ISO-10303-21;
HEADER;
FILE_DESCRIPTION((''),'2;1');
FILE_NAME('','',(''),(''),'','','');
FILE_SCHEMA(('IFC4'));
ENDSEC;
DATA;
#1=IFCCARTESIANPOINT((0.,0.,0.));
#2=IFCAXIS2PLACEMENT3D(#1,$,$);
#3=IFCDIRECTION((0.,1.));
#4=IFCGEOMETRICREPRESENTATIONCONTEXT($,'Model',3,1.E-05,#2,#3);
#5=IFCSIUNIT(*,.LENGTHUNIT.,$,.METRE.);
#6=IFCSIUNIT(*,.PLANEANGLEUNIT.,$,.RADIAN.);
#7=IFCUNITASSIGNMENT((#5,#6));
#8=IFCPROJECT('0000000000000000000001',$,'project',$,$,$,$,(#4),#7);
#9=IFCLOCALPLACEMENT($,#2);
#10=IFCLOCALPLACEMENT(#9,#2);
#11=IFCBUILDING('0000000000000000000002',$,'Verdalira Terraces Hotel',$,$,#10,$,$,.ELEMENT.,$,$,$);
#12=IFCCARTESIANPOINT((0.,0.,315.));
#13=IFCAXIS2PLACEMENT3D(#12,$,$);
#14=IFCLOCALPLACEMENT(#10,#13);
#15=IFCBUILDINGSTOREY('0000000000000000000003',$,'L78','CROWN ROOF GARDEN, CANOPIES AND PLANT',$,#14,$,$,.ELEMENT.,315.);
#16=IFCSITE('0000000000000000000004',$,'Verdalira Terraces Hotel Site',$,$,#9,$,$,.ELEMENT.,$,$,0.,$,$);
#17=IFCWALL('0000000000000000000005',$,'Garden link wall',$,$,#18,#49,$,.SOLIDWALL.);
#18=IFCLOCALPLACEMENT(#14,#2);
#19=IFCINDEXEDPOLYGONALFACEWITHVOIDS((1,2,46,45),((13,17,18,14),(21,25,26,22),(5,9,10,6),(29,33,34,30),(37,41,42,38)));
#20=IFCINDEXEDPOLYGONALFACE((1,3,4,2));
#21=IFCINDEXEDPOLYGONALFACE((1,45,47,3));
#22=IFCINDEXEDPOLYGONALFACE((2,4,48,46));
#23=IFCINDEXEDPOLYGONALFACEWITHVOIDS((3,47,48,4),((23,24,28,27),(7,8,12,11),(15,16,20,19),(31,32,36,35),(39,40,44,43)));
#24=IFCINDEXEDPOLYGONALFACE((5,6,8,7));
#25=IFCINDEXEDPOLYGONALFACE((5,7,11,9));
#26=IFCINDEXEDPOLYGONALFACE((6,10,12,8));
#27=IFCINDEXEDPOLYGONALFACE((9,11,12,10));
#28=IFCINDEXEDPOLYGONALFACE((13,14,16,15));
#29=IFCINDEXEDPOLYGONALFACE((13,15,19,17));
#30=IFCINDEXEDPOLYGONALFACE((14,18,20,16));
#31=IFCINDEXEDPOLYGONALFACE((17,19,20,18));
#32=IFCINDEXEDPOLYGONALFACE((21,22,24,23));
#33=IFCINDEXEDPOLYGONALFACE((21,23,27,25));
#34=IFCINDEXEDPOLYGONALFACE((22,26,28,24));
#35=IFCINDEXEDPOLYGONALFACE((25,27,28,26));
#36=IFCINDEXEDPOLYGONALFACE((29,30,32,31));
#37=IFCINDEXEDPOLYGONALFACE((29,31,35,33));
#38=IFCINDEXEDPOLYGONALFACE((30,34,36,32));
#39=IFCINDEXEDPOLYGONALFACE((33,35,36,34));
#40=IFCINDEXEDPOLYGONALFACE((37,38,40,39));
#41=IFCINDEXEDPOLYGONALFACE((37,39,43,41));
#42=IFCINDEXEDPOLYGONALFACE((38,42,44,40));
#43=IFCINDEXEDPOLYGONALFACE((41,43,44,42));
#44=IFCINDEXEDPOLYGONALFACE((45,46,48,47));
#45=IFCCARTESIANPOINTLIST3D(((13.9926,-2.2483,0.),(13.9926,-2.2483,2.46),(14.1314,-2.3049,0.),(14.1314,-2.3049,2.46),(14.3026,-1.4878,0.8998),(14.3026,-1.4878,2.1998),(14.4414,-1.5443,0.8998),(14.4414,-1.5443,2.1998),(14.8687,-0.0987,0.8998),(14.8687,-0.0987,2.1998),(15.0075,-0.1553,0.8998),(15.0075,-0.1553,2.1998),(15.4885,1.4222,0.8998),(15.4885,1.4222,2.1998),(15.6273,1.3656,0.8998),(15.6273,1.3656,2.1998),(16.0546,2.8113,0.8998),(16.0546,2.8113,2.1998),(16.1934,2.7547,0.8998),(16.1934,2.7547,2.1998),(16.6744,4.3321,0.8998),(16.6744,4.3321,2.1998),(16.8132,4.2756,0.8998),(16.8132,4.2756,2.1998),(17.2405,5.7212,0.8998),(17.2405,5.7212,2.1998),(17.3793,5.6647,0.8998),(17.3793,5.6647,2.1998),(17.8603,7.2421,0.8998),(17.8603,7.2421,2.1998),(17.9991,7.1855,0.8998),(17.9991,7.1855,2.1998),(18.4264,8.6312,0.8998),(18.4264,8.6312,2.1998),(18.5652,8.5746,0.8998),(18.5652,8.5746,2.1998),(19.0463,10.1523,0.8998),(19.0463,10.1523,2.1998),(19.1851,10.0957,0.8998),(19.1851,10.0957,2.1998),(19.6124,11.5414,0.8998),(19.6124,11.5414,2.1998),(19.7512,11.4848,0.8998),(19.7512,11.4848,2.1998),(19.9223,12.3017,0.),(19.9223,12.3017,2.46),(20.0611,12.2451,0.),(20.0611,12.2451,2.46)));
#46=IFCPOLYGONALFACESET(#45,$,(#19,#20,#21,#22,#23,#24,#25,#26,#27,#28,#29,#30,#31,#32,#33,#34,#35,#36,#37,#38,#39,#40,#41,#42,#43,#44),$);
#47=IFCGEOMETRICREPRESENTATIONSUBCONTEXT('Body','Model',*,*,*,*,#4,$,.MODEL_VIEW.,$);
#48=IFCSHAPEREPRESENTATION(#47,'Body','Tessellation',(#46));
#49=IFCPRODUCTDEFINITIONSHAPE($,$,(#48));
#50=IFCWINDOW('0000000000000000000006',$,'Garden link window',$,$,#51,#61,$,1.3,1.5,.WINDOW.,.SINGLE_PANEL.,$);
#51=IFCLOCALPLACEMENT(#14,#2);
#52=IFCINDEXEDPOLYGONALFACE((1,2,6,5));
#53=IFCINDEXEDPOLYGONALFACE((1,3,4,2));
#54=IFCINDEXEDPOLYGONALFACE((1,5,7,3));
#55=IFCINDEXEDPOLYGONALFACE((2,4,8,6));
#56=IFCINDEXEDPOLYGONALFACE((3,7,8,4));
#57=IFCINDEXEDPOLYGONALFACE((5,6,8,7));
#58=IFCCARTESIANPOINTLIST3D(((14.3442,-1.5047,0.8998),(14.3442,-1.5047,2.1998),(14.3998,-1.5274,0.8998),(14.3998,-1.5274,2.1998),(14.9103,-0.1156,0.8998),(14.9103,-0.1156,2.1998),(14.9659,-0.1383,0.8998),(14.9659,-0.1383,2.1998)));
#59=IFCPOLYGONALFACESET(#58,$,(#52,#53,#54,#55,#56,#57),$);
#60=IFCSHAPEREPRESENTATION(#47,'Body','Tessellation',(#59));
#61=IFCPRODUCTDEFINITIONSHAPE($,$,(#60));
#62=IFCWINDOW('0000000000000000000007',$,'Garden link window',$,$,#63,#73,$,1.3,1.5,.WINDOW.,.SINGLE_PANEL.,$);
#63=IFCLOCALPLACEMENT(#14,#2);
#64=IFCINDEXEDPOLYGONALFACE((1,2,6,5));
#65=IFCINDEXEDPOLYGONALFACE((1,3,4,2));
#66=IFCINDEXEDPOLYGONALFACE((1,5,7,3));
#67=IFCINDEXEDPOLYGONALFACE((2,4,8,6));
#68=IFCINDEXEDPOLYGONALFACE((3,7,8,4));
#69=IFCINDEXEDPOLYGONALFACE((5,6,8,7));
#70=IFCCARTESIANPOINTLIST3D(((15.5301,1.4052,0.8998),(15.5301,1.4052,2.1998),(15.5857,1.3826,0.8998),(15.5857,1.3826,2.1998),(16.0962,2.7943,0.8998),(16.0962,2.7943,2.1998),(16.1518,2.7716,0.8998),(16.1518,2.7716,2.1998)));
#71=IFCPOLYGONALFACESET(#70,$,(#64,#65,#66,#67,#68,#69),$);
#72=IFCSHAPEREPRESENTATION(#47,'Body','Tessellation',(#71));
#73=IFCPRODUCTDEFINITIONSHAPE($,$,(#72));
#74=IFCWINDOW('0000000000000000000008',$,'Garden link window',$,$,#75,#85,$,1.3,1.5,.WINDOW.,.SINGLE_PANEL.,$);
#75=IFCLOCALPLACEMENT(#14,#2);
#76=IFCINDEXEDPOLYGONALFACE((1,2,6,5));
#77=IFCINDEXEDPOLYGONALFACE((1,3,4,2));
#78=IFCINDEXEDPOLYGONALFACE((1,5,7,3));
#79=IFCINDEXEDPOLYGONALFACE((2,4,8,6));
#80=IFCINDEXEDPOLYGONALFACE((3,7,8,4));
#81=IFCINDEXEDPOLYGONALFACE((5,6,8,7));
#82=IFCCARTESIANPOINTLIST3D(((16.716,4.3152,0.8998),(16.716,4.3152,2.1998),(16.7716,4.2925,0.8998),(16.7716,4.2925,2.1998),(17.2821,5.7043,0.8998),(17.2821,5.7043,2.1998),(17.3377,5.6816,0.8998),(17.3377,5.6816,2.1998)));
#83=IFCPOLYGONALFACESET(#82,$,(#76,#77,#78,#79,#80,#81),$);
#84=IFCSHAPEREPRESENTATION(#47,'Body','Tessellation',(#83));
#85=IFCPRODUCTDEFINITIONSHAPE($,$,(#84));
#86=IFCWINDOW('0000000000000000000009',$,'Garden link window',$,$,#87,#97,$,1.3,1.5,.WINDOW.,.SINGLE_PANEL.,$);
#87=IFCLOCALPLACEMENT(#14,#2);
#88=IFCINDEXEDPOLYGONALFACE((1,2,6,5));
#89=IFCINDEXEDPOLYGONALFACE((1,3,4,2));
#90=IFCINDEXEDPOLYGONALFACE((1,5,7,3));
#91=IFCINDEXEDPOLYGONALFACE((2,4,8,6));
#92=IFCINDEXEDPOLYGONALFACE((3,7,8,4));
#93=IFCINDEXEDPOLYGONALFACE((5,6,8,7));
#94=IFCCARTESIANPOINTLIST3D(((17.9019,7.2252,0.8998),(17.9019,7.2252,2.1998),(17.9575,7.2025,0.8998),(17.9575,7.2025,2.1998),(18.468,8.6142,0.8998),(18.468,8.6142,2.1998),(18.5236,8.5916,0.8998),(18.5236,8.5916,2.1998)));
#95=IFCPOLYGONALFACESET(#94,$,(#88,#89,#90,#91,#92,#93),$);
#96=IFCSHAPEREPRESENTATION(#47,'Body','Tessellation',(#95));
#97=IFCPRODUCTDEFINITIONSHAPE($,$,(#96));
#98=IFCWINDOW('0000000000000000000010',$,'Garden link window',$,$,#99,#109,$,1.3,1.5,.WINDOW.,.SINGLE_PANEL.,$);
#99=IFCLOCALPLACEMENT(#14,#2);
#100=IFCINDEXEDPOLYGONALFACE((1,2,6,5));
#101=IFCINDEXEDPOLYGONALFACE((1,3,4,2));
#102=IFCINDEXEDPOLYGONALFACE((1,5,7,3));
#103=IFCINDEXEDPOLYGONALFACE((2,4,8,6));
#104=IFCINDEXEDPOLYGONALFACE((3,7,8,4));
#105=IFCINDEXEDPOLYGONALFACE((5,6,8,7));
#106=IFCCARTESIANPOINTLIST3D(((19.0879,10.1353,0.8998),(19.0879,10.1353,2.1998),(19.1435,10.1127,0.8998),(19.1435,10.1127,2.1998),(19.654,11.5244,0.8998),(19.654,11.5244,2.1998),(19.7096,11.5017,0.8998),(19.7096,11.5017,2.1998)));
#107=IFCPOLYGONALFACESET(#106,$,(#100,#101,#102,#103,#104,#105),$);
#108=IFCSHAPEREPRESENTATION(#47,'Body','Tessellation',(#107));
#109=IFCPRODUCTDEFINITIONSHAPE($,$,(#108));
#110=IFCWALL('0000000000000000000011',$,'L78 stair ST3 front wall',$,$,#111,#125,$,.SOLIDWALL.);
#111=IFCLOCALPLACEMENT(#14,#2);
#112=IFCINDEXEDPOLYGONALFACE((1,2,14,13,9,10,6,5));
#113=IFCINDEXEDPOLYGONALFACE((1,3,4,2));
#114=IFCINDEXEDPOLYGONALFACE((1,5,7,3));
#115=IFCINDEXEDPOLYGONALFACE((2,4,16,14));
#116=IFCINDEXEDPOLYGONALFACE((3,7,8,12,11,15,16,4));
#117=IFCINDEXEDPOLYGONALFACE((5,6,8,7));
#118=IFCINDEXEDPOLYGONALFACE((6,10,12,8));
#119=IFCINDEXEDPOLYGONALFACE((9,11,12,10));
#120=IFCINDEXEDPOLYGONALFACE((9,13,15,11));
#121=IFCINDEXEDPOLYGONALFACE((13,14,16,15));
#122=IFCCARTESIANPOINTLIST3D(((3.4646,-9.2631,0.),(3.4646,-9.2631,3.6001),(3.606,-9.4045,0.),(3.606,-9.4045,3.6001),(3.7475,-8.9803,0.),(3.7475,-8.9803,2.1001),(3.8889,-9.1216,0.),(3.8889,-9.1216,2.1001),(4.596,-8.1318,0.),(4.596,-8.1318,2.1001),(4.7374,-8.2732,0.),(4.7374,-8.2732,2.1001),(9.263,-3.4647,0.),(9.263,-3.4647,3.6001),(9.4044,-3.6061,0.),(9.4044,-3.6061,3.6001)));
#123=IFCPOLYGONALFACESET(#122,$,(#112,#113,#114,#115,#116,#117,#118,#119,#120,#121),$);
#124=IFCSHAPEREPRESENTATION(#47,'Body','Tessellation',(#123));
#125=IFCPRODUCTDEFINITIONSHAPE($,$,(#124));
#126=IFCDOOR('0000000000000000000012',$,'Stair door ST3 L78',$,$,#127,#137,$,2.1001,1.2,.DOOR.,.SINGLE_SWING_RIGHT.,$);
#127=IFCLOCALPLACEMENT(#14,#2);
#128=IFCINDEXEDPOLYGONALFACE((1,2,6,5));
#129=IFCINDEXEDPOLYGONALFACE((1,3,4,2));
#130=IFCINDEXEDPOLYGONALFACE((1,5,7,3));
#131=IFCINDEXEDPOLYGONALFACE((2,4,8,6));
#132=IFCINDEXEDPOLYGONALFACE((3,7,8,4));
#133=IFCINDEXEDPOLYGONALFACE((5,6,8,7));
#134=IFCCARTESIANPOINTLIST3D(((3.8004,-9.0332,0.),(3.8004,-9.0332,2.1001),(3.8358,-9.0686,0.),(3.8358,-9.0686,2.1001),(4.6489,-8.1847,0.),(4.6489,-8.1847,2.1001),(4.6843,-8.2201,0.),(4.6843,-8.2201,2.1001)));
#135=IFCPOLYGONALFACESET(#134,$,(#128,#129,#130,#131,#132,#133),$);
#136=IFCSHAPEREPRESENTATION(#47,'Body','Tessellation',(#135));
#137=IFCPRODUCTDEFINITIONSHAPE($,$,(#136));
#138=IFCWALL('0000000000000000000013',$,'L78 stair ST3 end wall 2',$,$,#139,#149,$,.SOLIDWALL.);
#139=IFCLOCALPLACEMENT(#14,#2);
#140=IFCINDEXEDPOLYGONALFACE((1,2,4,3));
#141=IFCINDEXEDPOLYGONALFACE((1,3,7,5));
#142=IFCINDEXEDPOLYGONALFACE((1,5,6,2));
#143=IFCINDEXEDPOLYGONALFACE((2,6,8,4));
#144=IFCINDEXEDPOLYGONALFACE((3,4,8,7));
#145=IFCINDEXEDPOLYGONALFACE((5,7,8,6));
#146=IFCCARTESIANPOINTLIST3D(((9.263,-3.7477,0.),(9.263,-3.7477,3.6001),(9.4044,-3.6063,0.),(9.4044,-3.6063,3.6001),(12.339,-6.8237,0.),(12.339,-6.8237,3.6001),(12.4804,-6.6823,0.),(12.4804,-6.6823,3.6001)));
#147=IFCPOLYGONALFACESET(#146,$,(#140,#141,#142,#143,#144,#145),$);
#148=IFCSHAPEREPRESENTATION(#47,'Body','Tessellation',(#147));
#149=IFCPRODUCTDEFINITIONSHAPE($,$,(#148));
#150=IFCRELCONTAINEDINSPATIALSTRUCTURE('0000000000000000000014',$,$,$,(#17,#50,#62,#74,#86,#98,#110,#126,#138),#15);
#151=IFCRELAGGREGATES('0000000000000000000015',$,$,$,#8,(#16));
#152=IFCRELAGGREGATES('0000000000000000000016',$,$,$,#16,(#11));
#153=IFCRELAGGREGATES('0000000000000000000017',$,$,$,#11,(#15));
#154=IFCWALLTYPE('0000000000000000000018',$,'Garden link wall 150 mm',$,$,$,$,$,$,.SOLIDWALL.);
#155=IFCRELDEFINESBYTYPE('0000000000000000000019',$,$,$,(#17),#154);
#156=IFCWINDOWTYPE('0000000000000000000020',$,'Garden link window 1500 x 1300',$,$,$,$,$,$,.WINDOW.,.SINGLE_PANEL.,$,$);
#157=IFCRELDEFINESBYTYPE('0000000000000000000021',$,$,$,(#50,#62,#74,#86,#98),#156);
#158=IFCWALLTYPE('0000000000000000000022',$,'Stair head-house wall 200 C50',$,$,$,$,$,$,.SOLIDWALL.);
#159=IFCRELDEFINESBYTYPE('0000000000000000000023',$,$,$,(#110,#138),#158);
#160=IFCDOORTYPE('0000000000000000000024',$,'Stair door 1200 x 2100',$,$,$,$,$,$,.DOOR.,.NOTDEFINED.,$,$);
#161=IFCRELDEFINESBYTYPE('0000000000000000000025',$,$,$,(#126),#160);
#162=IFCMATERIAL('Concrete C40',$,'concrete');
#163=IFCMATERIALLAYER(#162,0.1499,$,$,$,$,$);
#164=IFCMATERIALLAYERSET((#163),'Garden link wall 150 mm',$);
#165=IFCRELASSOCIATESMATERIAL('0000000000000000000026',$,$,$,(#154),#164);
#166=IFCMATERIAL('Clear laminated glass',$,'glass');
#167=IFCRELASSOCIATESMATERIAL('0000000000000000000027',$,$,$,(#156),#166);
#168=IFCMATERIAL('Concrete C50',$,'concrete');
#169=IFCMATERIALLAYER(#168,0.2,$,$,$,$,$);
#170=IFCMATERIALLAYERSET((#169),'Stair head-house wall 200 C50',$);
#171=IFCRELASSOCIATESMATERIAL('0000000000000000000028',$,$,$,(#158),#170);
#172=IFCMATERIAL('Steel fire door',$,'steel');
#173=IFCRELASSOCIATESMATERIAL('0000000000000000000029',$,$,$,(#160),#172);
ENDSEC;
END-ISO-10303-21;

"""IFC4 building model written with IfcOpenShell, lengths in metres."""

from ifc_helpers import new_model, si_unit, direction, frame, frame_2d, origin, place, context, subcontext, project, spatial, rectangle, extrude, material, layer, layer_set, type_object, element, fill, save


model = new_model("IFC4")

# Units and contexts
model_context = context("Model", 3, precision=1e-05, world=origin(), true_north=direction((0.0, 1.0)))
body_context = subcontext(model_context, "Body", "Model", "MODEL_VIEW")
ifc_project = project(units=[si_unit("LENGTHUNIT", "METRE"), si_unit("PLANEANGLEUNIT", "RADIAN")], contexts=[model_context])

# Site, building, storey
site_placement = place(None, origin())
site = spatial("IfcSite", under=ifc_project, at=site_placement, Name="Verdalira Terraces Hotel Site", CompositionType="ELEMENT", RefElevation=0.0)
building_placement = place(site_placement, origin())
building = spatial("IfcBuilding", under=site, at=building_placement, Name="Verdalira Terraces Hotel", CompositionType="ELEMENT")
storey_placement = place(building_placement, frame((0.0, 0.0, 315.0)))
storey = spatial("IfcBuildingStorey", under=building, at=storey_placement, Name="L78", Description="CROWN ROOF GARDEN, CANOPIES AND PLANT", CompositionType="ELEMENT", Elevation=315.0)

# Wall, openings, windows
ifc_material_1 = material(Name="Concrete C40", Category="concrete")
ifc_layer_1 = layer(ifc_material_1, 0.1499)
ifc_layer_set_1 = layer_set([ifc_layer_1], Name="Garden link wall 150 mm")
wall_type_1 = type_object("IfcWallType", Name="Garden link wall 150 mm", PredefinedType="SOLIDWALL", material=ifc_layer_set_1)
wall_1_placement = place(storey_placement, frame((14.062, -2.2766, 0.0), z_axis=(0.0, 0.0, 1.0), x_axis=(0.3774, 0.92605, 0.0)))
wall_1 = element("IfcWall", 1, at=wall_1_placement, inside=storey, type_object=wall_type_1, Name="Garden link wall", PredefinedType="SOLIDWALL", context=body_context, shape_type="SweptSolid", body=[
    extrude(rectangle(XDim=15.7119, YDim=0.1499, at=frame_2d((7.856, 0.0))), origin(), (0.0, 0.0, 1.0), 2.46),
])
opening_1_placement = place(wall_1_placement, frame((0.8213, 0.0, 0.8999)))
opening_1 = element("IfcOpeningElement", 2, at=opening_1_placement, cuts=wall_1, PredefinedType="OPENING", context=body_context, shape_type="SweptSolid", body=[
    extrude(rectangle(XDim=1.5, YDim=1.3, at=frame_2d((0.75, 0.6499))), frame((0.0, 0.085, 0.0), z_axis=(0.0, -1.0, 0.0), x_axis=(1.0, 0.0, 0.0)), (0.0, 0.0, 1.0), 0.1699),
])
opening_2_placement = place(wall_1_placement, frame((3.9636, 0.0, 0.8999)))
opening_2 = element("IfcOpeningElement", 3, at=opening_2_placement, cuts=wall_1, PredefinedType="OPENING", context=body_context, shape_type="SweptSolid", body=[
    extrude(rectangle(XDim=1.5, YDim=1.3, at=frame_2d((0.75, 0.6499))), frame((0.0, 0.085, 0.0), z_axis=(0.0, -1.0, 0.0), x_axis=(1.0, 0.0, 0.0)), (0.0, 0.0, 1.0), 0.1699),
])
opening_3_placement = place(wall_1_placement, frame((7.106, 0.0, 0.8999)))
opening_3 = element("IfcOpeningElement", 4, at=opening_3_placement, cuts=wall_1, PredefinedType="OPENING", context=body_context, shape_type="SweptSolid", body=[
    extrude(rectangle(XDim=1.5, YDim=1.3, at=frame_2d((0.75, 0.6499))), frame((0.0, 0.085, 0.0), z_axis=(0.0, -1.0, 0.0), x_axis=(1.0, 0.0, 0.0)), (0.0, 0.0, 1.0), 0.1699),
])
opening_4_placement = place(wall_1_placement, frame((10.2483, 0.0, 0.8999)))
opening_4 = element("IfcOpeningElement", 5, at=opening_4_placement, cuts=wall_1, PredefinedType="OPENING", context=body_context, shape_type="SweptSolid", body=[
    extrude(rectangle(XDim=1.5, YDim=1.3, at=frame_2d((0.75, 0.6499))), frame((0.0, 0.085, 0.0), z_axis=(0.0, -1.0, 0.0), x_axis=(1.0, 0.0, 0.0)), (0.0, 0.0, 1.0), 0.1699),
])
opening_5_placement = place(wall_1_placement, frame((13.3909, 0.0, 0.8999)))
opening_5 = element("IfcOpeningElement", 6, at=opening_5_placement, cuts=wall_1, PredefinedType="OPENING", context=body_context, shape_type="SweptSolid", body=[
    extrude(rectangle(XDim=1.5, YDim=1.3, at=frame_2d((0.75, 0.6499))), frame((0.0, 0.085, 0.0), z_axis=(0.0, -1.0, 0.0), x_axis=(1.0, 0.0, 0.0)), (0.0, 0.0, 1.0), 0.1699),
])
ifc_material_2 = material(Name="Clear laminated glass", Category="glass")
window_type = type_object("IfcWindowType", Name="Garden link window 1500 x 1300", PartitioningType="SINGLE_PANEL", PredefinedType="WINDOW", material=ifc_material_2)
window_1_placement = place(opening_1_placement, origin())
window_1 = element("IfcWindow", 7, at=window_1_placement, inside=storey, type_object=window_type, Name="Garden link window", OverallHeight=1.3, OverallWidth=1.5, PartitioningType="SINGLE_PANEL", PredefinedType="WINDOW", context=body_context, shape_type="SweptSolid", body=[
    extrude(rectangle(XDim=1.5, YDim=1.3, at=frame_2d((0.75, 0.6499))), frame((0.0, 0.03, 0.0), z_axis=(0.0, -1.0, 0.0), x_axis=(1.0, 0.0, 0.0)), (0.0, 0.0, 1.0), 0.0601),
])
fill(opening_1, window_1)
window_2_placement = place(opening_2_placement, origin())
window_2 = element("IfcWindow", 8, at=window_2_placement, inside=storey, type_object=window_type, Name="Garden link window", OverallHeight=1.3, OverallWidth=1.5, PartitioningType="SINGLE_PANEL", PredefinedType="WINDOW", context=body_context, shape_type="SweptSolid", body=[
    extrude(rectangle(XDim=1.5, YDim=1.3, at=frame_2d((0.75, 0.6499))), frame((0.0, 0.03, 0.0), z_axis=(0.0, -1.0, 0.0), x_axis=(1.0, 0.0, 0.0)), (0.0, 0.0, 1.0), 0.0601),
])
fill(opening_2, window_2)
window_3_placement = place(opening_3_placement, origin())
window_3 = element("IfcWindow", 9, at=window_3_placement, inside=storey, type_object=window_type, Name="Garden link window", OverallHeight=1.3, OverallWidth=1.5, PartitioningType="SINGLE_PANEL", PredefinedType="WINDOW", context=body_context, shape_type="SweptSolid", body=[
    extrude(rectangle(XDim=1.5, YDim=1.3, at=frame_2d((0.75, 0.6499))), frame((0.0, 0.03, 0.0), z_axis=(0.0, -1.0, 0.0), x_axis=(1.0, 0.0, 0.0)), (0.0, 0.0, 1.0), 0.0601),
])
fill(opening_3, window_3)
window_4_placement = place(opening_4_placement, origin())
window_4 = element("IfcWindow", 10, at=window_4_placement, inside=storey, type_object=window_type, Name="Garden link window", OverallHeight=1.3, OverallWidth=1.5, PartitioningType="SINGLE_PANEL", PredefinedType="WINDOW", context=body_context, shape_type="SweptSolid", body=[
    extrude(rectangle(XDim=1.5, YDim=1.3, at=frame_2d((0.75, 0.6499))), frame((0.0, 0.03, 0.0), z_axis=(0.0, -1.0, 0.0), x_axis=(1.0, 0.0, 0.0)), (0.0, 0.0, 1.0), 0.0601),
])
fill(opening_4, window_4)
window_5_placement = place(opening_5_placement, origin())
window_5 = element("IfcWindow", 11, at=window_5_placement, inside=storey, type_object=window_type, Name="Garden link window", OverallHeight=1.3, OverallWidth=1.5, PartitioningType="SINGLE_PANEL", PredefinedType="WINDOW", context=body_context, shape_type="SweptSolid", body=[
    extrude(rectangle(XDim=1.5, YDim=1.3, at=frame_2d((0.75, 0.6499))), frame((0.0, 0.03, 0.0), z_axis=(0.0, -1.0, 0.0), x_axis=(1.0, 0.0, 0.0)), (0.0, 0.0, 1.0), 0.0601),
])
fill(opening_5, window_5)

# Wall, opening, door
ifc_material_3 = material(Name="Concrete C50", Category="concrete")
ifc_layer_2 = layer(ifc_material_3, 0.2)
ifc_layer_set_2 = layer_set([ifc_layer_2], Name="Stair head-house wall 200 C50")
wall_type_2 = type_object("IfcWallType", Name="Stair head-house wall 200 C50", PredefinedType="SOLIDWALL", material=ifc_layer_set_2)
wall_2_placement = place(storey_placement, frame((9.3337, -3.5354, 0.0), z_axis=(0.0, 0.0, 1.0), x_axis=(-0.707107, -0.707107, 0.0)))
wall_2 = element("IfcWall", 12, at=wall_2_placement, inside=storey, type_object=wall_type_2, Name="L78 stair ST3 front wall", PredefinedType="SOLIDWALL", context=body_context, shape_type="SweptSolid", body=[
    extrude(rectangle(XDim=8.2002, YDim=0.2, at=frame_2d((4.1001, 0.0))), origin(), (0.0, 0.0, 1.0), 3.6001),
])
opening_6_placement = place(wall_2_placement, frame((6.6001, 0.0, 0.0)))
opening_6 = element("IfcOpeningElement", 13, at=opening_6_placement, cuts=wall_2, PredefinedType="OPENING", context=body_context, shape_type="SweptSolid", body=[
    extrude(rectangle(XDim=1.2, YDim=2.1001, at=frame_2d((0.6001, 1.05))), frame((0.0, 0.1099, 0.0), z_axis=(0.0, -1.0, 0.0), x_axis=(1.0, 0.0, 0.0)), (0.0, 0.0, 1.0), 0.22),
])
ifc_material_4 = material(Name="Steel fire door", Category="steel")
door_type = type_object("IfcDoorType", Name="Stair door 1200 x 2100", OperationType="NOTDEFINED", PredefinedType="DOOR", material=ifc_material_4)
door_placement = place(opening_6_placement, origin())
door = element("IfcDoor", 14, at=door_placement, inside=storey, type_object=door_type, Name="Stair door ST3 L78", OperationType="SINGLE_SWING_RIGHT", OverallHeight=2.1001, OverallWidth=1.2, PredefinedType="DOOR", context=body_context, shape_type="SweptSolid", body=[
    extrude(rectangle(XDim=1.2, YDim=2.1001, at=frame_2d((0.6001, 1.05))), frame((0.0, 0.0249, 0.0), z_axis=(0.0, -1.0, 0.0), x_axis=(1.0, 0.0, 0.0)), (0.0, 0.0, 1.0), 0.05),
])
fill(opening_6, door)

# Wall
wall_3_placement = place(storey_placement, frame((9.3337, -3.677, 0.0), z_axis=(0.0, 0.0, 1.0), x_axis=(0.707107, -0.707107, 0.0)))
element("IfcWall", 15, at=wall_3_placement, inside=storey, type_object=wall_type_2, Name="L78 stair ST3 end wall 2", PredefinedType="SOLIDWALL", context=body_context, shape_type="SweptSolid", body=[
    extrude(rectangle(XDim=4.3501, YDim=0.2, at=frame_2d((2.175, 0.0))), origin(), (0.0, 0.0, 1.0), 3.6001),
])

save(model, "model.ifc")
